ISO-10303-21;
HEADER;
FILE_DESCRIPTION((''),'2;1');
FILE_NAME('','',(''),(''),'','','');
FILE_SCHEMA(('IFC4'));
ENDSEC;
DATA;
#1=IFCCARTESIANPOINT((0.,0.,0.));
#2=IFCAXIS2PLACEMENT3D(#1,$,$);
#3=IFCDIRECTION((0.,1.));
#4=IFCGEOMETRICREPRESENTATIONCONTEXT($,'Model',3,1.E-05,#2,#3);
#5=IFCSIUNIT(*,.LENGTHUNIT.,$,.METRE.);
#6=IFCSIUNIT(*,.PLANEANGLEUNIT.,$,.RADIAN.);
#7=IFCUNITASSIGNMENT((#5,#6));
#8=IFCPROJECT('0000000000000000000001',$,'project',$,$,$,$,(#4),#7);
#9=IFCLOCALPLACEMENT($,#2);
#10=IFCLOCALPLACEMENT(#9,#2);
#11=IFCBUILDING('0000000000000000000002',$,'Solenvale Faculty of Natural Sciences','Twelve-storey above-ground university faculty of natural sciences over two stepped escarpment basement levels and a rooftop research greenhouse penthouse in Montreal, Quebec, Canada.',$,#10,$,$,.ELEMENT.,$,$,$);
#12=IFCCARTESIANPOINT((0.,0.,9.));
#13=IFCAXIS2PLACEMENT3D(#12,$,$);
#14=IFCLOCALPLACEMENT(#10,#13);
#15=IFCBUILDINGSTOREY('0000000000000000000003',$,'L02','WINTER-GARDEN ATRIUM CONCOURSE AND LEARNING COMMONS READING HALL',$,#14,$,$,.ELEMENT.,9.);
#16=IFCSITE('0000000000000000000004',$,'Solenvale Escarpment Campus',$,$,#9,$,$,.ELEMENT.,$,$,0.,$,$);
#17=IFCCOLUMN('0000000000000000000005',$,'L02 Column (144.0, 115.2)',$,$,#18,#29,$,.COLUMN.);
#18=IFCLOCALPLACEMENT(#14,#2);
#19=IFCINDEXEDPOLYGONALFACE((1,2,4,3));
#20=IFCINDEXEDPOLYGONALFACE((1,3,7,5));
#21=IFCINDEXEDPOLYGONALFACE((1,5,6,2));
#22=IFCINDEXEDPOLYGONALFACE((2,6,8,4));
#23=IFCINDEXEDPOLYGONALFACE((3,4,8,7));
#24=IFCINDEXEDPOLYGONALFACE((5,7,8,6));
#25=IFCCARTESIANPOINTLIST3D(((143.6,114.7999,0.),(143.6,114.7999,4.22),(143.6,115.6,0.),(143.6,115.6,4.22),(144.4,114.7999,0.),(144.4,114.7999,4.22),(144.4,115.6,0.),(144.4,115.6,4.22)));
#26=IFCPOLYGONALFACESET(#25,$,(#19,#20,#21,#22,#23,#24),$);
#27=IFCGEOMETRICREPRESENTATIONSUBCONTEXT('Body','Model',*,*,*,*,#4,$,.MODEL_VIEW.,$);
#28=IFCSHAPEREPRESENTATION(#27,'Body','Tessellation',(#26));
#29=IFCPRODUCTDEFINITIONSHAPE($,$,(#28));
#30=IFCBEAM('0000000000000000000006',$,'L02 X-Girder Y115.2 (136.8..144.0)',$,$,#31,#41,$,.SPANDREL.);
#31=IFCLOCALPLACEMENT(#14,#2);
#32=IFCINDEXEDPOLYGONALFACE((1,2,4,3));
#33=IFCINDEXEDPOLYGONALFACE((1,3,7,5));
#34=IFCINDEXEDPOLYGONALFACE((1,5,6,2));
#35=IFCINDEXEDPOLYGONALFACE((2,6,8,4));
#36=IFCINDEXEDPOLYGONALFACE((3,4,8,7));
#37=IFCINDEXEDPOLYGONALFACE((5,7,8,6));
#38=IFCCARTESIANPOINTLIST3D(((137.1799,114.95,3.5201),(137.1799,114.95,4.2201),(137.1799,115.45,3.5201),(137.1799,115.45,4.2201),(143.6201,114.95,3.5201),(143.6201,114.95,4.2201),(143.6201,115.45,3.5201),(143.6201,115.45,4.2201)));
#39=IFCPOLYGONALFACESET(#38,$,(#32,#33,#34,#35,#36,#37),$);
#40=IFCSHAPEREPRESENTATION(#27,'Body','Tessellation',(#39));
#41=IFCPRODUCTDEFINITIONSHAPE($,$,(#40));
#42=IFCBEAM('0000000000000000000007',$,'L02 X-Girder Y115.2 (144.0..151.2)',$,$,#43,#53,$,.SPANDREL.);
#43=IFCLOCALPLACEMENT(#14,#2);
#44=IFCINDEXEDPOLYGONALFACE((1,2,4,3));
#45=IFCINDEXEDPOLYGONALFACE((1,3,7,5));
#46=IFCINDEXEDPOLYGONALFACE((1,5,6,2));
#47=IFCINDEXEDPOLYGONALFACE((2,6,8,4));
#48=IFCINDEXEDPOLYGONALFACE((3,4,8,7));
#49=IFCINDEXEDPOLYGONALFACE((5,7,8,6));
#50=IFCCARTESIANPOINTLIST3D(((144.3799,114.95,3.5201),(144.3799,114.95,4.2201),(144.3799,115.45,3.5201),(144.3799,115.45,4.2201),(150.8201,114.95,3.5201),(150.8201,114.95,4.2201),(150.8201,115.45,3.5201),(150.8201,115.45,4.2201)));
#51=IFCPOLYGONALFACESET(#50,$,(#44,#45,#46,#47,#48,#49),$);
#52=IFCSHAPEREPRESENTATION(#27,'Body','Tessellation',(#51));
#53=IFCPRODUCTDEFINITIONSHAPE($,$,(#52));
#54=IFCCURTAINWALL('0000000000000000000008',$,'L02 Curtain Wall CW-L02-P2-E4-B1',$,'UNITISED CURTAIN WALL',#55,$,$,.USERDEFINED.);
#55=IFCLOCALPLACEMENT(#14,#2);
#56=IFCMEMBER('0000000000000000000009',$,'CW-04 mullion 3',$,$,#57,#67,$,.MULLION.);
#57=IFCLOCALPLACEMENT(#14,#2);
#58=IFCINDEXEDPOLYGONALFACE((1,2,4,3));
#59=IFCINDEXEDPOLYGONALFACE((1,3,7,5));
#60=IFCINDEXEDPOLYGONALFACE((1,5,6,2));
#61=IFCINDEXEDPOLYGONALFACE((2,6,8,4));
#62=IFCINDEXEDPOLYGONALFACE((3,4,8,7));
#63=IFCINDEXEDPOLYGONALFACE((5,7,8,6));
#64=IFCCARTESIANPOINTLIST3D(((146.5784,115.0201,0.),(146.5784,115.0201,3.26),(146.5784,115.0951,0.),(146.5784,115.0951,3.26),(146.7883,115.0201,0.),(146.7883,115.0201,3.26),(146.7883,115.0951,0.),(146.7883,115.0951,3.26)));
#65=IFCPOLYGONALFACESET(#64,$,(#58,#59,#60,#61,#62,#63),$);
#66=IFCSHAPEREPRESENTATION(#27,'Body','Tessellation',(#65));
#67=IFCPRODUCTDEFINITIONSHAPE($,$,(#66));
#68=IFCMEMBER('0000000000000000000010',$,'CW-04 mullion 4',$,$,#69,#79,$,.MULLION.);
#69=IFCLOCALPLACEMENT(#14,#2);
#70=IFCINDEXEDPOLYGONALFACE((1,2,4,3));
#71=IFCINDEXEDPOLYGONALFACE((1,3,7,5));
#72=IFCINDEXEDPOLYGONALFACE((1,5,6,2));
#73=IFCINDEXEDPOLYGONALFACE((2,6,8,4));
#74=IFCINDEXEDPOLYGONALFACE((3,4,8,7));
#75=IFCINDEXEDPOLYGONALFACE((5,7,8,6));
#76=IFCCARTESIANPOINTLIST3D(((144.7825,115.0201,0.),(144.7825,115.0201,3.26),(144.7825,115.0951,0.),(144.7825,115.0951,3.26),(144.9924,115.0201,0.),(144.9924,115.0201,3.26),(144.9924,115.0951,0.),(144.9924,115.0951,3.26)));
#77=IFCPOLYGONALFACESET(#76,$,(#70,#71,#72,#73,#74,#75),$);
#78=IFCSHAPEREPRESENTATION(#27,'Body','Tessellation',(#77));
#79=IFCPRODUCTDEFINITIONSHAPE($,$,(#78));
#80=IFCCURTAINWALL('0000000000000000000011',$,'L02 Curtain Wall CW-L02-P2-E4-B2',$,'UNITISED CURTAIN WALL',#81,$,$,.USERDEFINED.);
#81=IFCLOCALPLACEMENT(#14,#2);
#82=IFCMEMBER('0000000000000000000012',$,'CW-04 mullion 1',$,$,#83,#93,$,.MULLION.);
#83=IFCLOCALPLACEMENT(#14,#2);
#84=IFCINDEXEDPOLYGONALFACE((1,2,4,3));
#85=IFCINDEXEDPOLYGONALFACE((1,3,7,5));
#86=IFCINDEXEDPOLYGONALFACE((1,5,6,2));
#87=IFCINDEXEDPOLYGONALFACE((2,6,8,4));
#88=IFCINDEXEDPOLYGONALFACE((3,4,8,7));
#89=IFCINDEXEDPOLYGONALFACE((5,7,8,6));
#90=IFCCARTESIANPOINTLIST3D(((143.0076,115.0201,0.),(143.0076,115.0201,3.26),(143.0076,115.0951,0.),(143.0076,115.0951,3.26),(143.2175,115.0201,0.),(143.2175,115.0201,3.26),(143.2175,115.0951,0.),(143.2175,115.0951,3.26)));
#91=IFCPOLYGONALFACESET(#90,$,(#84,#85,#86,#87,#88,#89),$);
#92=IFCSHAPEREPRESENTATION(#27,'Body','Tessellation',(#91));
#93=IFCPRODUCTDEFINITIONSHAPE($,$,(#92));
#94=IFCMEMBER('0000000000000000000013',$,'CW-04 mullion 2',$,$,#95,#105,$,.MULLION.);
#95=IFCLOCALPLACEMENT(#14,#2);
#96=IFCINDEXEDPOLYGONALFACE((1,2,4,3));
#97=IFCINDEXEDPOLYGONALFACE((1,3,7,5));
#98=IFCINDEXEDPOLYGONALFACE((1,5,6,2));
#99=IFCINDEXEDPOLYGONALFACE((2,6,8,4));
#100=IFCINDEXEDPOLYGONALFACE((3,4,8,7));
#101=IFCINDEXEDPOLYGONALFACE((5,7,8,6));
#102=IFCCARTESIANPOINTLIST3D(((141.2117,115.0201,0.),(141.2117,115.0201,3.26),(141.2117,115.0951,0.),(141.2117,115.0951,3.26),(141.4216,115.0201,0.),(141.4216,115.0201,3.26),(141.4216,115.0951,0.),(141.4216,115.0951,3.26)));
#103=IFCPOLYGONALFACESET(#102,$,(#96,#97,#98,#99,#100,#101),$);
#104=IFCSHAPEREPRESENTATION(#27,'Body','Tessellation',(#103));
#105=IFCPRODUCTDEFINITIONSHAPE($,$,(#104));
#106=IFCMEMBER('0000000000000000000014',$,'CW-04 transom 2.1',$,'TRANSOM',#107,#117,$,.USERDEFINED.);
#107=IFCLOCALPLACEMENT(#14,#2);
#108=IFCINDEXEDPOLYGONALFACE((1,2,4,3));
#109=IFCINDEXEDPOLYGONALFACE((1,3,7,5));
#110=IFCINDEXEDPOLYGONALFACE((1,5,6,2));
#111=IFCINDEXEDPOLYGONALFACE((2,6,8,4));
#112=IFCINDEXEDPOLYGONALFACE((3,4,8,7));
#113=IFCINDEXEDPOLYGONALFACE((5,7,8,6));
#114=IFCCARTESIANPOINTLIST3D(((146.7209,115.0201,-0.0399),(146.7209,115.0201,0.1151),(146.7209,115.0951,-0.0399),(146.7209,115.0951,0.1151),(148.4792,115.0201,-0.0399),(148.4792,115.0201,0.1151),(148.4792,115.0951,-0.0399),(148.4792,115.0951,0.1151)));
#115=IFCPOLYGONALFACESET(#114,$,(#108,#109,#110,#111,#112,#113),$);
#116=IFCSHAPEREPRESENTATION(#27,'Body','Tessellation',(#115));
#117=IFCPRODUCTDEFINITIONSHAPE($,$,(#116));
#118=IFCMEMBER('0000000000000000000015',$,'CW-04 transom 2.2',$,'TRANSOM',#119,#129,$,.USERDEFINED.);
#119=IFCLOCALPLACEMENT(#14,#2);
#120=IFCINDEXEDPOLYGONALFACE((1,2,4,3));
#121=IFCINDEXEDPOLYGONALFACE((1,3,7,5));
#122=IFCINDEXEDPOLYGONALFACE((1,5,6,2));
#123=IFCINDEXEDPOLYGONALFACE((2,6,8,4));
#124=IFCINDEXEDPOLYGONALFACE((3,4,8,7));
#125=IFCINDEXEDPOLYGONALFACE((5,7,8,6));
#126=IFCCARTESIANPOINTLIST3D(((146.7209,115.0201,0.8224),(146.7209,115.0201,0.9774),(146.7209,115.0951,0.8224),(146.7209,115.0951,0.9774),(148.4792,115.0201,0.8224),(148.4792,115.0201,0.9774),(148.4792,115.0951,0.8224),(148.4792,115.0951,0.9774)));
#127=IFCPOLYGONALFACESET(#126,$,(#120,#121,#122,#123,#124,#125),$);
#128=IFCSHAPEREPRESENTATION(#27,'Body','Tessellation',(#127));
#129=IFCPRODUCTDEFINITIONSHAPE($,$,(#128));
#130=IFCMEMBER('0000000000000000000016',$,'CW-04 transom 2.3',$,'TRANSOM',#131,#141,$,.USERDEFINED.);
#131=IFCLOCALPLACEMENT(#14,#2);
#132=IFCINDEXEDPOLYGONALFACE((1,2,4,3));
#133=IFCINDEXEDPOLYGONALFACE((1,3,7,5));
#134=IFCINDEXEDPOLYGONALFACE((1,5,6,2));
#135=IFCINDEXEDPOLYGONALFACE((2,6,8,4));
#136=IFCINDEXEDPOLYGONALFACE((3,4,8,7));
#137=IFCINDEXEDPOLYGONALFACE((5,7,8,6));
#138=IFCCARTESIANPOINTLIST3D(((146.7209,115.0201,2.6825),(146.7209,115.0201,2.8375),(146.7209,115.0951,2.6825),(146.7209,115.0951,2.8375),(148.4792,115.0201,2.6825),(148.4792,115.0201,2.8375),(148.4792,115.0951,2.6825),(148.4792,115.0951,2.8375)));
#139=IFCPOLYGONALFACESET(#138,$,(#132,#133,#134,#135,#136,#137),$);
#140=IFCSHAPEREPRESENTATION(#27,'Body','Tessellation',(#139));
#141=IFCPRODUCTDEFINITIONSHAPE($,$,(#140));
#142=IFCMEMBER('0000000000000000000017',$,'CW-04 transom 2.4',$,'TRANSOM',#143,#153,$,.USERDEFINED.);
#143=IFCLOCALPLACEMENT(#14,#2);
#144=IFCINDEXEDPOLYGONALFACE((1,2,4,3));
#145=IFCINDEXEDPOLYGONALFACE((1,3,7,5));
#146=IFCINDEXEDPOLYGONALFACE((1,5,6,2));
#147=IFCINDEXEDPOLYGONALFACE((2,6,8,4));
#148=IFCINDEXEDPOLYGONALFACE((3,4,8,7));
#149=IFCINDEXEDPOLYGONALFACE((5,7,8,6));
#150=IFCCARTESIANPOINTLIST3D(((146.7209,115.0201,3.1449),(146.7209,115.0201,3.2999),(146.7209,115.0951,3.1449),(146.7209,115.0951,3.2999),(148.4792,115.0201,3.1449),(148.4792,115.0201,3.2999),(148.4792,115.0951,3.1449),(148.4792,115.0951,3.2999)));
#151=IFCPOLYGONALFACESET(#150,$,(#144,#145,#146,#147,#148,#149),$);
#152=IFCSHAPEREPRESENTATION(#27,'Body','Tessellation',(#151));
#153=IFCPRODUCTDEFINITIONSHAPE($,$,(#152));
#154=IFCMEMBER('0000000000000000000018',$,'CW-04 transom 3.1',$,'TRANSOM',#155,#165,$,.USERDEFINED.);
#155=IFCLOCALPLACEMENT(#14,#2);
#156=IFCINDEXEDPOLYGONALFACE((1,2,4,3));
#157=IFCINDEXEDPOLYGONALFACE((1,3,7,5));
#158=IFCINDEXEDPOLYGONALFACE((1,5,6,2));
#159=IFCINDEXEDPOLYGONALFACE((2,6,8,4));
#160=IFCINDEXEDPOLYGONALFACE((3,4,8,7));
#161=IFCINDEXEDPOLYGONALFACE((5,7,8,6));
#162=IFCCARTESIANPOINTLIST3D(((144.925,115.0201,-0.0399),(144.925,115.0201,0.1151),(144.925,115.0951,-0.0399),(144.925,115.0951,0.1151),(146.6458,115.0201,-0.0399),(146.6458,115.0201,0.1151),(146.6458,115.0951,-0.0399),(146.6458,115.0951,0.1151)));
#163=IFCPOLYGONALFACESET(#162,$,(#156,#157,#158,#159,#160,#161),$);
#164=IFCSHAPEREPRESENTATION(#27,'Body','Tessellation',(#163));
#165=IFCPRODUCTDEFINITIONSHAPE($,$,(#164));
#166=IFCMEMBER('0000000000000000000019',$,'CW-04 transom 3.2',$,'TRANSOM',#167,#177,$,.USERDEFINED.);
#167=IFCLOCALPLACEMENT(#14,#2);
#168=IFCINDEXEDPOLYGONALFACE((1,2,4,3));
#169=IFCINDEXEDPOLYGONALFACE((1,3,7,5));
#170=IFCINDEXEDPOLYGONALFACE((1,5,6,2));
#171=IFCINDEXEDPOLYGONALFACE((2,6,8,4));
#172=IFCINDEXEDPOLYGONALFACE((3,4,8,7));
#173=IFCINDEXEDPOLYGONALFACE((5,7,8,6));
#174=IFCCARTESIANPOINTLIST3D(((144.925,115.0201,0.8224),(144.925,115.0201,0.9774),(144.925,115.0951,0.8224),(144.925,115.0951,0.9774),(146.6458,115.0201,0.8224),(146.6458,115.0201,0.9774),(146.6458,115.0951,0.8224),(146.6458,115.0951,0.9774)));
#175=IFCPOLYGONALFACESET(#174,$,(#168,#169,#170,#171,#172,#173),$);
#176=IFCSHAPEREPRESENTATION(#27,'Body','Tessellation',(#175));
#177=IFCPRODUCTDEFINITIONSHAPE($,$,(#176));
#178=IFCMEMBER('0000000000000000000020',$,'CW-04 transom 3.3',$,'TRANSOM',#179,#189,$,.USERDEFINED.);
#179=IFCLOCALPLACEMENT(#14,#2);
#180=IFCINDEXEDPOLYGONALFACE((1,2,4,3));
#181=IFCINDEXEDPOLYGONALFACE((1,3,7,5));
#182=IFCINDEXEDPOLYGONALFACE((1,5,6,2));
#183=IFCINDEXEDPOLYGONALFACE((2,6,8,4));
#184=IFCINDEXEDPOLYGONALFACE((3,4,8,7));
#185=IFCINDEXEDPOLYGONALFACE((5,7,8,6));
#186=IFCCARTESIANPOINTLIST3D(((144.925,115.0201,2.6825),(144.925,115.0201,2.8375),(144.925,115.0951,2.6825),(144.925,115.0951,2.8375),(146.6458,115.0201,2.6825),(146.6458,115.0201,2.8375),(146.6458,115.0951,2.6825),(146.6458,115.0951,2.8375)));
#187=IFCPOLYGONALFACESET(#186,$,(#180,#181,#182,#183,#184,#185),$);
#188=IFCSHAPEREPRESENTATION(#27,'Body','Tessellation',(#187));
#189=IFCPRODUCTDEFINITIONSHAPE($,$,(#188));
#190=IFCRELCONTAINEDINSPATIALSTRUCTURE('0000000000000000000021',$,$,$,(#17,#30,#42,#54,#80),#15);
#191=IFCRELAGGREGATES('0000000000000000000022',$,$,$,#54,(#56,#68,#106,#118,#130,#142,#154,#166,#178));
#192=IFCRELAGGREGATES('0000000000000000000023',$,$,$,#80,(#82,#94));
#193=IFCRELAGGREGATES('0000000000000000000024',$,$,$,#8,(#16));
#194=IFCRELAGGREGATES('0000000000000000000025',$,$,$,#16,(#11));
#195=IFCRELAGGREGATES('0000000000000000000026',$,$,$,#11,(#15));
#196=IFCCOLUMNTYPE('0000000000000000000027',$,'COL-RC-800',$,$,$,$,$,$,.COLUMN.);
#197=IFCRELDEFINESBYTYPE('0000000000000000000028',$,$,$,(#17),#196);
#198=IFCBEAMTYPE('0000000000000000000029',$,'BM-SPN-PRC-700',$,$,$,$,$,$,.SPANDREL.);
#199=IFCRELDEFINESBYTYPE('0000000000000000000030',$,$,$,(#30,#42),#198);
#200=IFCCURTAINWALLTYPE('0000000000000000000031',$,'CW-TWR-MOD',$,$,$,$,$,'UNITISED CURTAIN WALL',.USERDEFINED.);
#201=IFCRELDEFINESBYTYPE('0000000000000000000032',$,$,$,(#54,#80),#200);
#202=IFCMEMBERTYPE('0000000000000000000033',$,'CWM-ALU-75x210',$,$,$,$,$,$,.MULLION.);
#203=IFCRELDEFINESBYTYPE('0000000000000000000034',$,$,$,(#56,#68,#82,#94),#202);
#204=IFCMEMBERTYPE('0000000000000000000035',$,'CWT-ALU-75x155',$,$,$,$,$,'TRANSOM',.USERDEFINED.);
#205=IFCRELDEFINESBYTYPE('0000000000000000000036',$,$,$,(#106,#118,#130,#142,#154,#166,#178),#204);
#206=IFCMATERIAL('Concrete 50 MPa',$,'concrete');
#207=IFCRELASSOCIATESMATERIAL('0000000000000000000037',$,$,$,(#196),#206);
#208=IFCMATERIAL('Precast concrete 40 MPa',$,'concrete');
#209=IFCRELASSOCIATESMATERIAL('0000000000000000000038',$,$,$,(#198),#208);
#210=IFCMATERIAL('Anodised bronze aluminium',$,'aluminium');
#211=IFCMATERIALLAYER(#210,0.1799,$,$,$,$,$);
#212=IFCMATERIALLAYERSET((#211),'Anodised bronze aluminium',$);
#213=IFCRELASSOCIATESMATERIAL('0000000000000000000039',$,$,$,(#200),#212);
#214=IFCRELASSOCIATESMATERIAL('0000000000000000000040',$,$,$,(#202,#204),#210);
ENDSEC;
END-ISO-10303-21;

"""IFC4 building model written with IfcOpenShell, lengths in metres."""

from ifc_helpers import new_model, si_unit, direction, frame, origin, origin_2d, place, context, subcontext, project, spatial, rectangle, extrude, material, layer, layer_set, material_profile, profile_set, type_object, element, aggregate, save


model = new_model("IFC4")

# Units and contexts
model_context = context("Model", 3, precision=1e-05, world=origin(), true_north=direction((0.0, 1.0)))
body_context = subcontext(model_context, "Body", "Model", "MODEL_VIEW")
ifc_project = project(units=[si_unit("LENGTHUNIT", "METRE"), si_unit("PLANEANGLEUNIT", "RADIAN")], contexts=[model_context])

# Site, building, storey
site_placement = place(None, origin())
site = spatial("IfcSite", under=ifc_project, at=site_placement, Name="Solenvale Escarpment Campus", CompositionType="ELEMENT", RefElevation=0.0)
building_placement = place(site_placement, origin())
building = spatial("IfcBuilding", under=site, at=building_placement, Name="Solenvale Faculty of Natural Sciences", Description="Twelve-storey above-ground university faculty of natural sciences over two stepped escarpment basement levels and a rooftop research greenhouse penthouse in Montreal, Quebec, Canada.", CompositionType="ELEMENT")
storey_placement = place(building_placement, frame((0.0, 0.0, 9.0)))
storey = spatial("IfcBuildingStorey", under=building, at=storey_placement, Name="L02", Description="WINTER-GARDEN ATRIUM CONCOURSE AND LEARNING COMMONS READING HALL", CompositionType="ELEMENT", Elevation=9.0)

# Column
ifc_material_1 = material(Name="Concrete 50 MPa", Category="concrete")
ifc_material_profile_1 = material_profile(ifc_material_1, rectangle(XDim=0.8, YDim=0.8, at=origin_2d()), Name="RC-COL-800x800")
ifc_profile_set_1 = profile_set([ifc_material_profile_1], Name="Concrete 50 MPa")
column_type = type_object("IfcColumnType", Name="COL-RC-800", PredefinedType="COLUMN", material=ifc_profile_set_1)
column_placement = place(storey_placement, frame((144.0, 115.2, 0.0), z_axis=(0.0, 0.0, 1.0), x_axis=(1.0, 0.0, 0.0)))
element("IfcColumn", 1, at=column_placement, inside=storey, type_object=column_type, Name="L02 Column (144.0, 115.2)", PredefinedType="COLUMN", context=body_context, shape_type="SweptSolid", body=[
    extrude(rectangle(XDim=0.8, YDim=0.8, at=origin_2d()), origin(), (0.0, 0.0, 1.0), 4.22),
])

# Beams
ifc_material_2 = material(Name="Precast concrete 40 MPa", Category="concrete")
ifc_material_profile_2 = material_profile(ifc_material_2, rectangle(XDim=0.5, YDim=0.7, at=origin_2d()), Name="RC-BM-500x700")
ifc_profile_set_2 = profile_set([ifc_material_profile_2], Name="Precast concrete 40 MPa")
beam_type = type_object("IfcBeamType", Name="BM-SPN-PRC-700", PredefinedType="SPANDREL", material=ifc_profile_set_2)
for number, where, z_axis, x_axis, name in (
    (2, (137.1799, 115.2, 3.8701), (1.0, 0.0, 0.0), (0.0, 1.0, 0.0), "L02 X-Girder Y115.2 (136.8..144.0)"),
    (3, (144.3799, 115.2, 3.8701), (1.0, 0.0, 0.0), (0.0, 1.0, 0.0), "L02 X-Girder Y115.2 (144.0..151.2)"),
):
    element("IfcBeam", number, at=place(storey_placement, frame(where, z_axis=z_axis, x_axis=x_axis)), inside=storey, type_object=beam_type, Name=name, PredefinedType="SPANDREL", context=body_context, shape_type="SweptSolid", body=[
        extrude(rectangle(XDim=0.5, YDim=0.7, at=origin_2d()), origin(), (0.0, 0.0, 1.0), 6.4402),
    ])

# Curtain walls, members
ifc_material_3 = material(Name="Anodised bronze aluminium", Category="aluminium")
ifc_layer_1 = layer(ifc_material_3, 0.1799)
ifc_layer_set_1 = layer_set([ifc_layer_1], Name="Anodised bronze aluminium")
curtain_wall_type = type_object("IfcCurtainWallType", Name="CW-TWR-MOD", ElementType="UNITISED CURTAIN WALL", PredefinedType="USERDEFINED", material=ifc_layer_set_1)
curtain_wall_1_placement = place(storey_placement, origin())
curtain_wall_1 = element("IfcCurtainWall", 4, at=curtain_wall_1_placement, inside=storey, type_object=curtain_wall_type, Name="L02 Curtain Wall CW-L02-P2-E4-B1", ObjectType="UNITISED CURTAIN WALL", PredefinedType="USERDEFINED")
ifc_material_profile_3 = material_profile(ifc_material_3, rectangle(XDim=0.075, YDim=0.21, at=origin_2d()), Name="ALU-MUL-75x210")
ifc_profile_set_3 = profile_set([ifc_material_profile_3], Name="Anodised bronze aluminium")
member_type_1 = type_object("IfcMemberType", Name="CWM-ALU-75x210", PredefinedType="MULLION", material=ifc_profile_set_3)
member_1_placement = place(storey_placement, frame((146.6833, 115.0576, 0.0), z_axis=(0.0, 0.0, 1.0), x_axis=(0.0, -1.0, 0.0)))
member_1 = element("IfcMember", 5, at=member_1_placement, type_object=member_type_1, Name="CW-04 mullion 3", PredefinedType="MULLION", context=body_context, shape_type="SweptSolid", body=[
    extrude(rectangle(XDim=0.075, YDim=0.21, at=origin_2d()), origin(), (0.0, 0.0, 1.0), 3.26),
])
member_2_placement = place(storey_placement, frame((144.8875, 115.0576, 0.0), z_axis=(0.0, 0.0, 1.0), x_axis=(0.0, -1.0, 0.0)))
member_2 = element("IfcMember", 6, at=member_2_placement, type_object=member_type_1, Name="CW-04 mullion 4", PredefinedType="MULLION", context=body_context, shape_type="SweptSolid", body=[
    extrude(rectangle(XDim=0.075, YDim=0.21, at=origin_2d()), origin(), (0.0, 0.0, 1.0), 3.26),
])
curtain_wall_2_placement = place(storey_placement, origin())
curtain_wall_2 = element("IfcCurtainWall", 7, at=curtain_wall_2_placement, inside=storey, type_object=curtain_wall_type, Name="L02 Curtain Wall CW-L02-P2-E4-B2", ObjectType="UNITISED CURTAIN WALL", PredefinedType="USERDEFINED")
member_3_placement = place(storey_placement, frame((143.1125, 115.0576, 0.0), z_axis=(0.0, 0.0, 1.0), x_axis=(0.0, -1.0, 0.0)))
member_3 = element("IfcMember", 8, at=member_3_placement, type_object=member_type_1, Name="CW-04 mullion 1", PredefinedType="MULLION", context=body_context, shape_type="SweptSolid", body=[
    extrude(rectangle(XDim=0.075, YDim=0.21, at=origin_2d()), origin(), (0.0, 0.0, 1.0), 3.26),
])
member_4_placement = place(storey_placement, frame((141.3167, 115.0576, 0.0), z_axis=(0.0, 0.0, 1.0), x_axis=(0.0, -1.0, 0.0)))
member_4 = element("IfcMember", 9, at=member_4_placement, type_object=member_type_1, Name="CW-04 mullion 2", PredefinedType="MULLION", context=body_context, shape_type="SweptSolid", body=[
    extrude(rectangle(XDim=0.075, YDim=0.21, at=origin_2d()), origin(), (0.0, 0.0, 1.0), 3.26),
])

# Members
ifc_material_profile_4 = material_profile(ifc_material_3, rectangle(XDim=0.075, YDim=0.155, at=origin_2d()), Name="ALU-TRN-75x155")
ifc_profile_set_4 = profile_set([ifc_material_profile_4], Name="Anodised bronze aluminium")
member_type_2 = type_object("IfcMemberType", Name="CWT-ALU-75x155", ElementType="TRANSOM", PredefinedType="USERDEFINED", material=ifc_profile_set_4)
member_5_placement = place(storey_placement, frame((148.4792, 115.0576, 0.0376), z_axis=(-1.0, 0.0, 0.0), x_axis=(0.0, -1.0, 0.0)))
member_5 = element("IfcMember", 10, at=member_5_placement, type_object=member_type_2, Name="CW-04 transom 2.1", ObjectType="TRANSOM", PredefinedType="USERDEFINED", context=body_context, shape_type="SweptSolid", body=[
    extrude(rectangle(XDim=0.075, YDim=0.155, at=origin_2d()), origin(), (0.0, 0.0, 1.0), 1.7583),
])
member_6_placement = place(storey_placement, frame((148.4792, 115.0576, 0.8999), z_axis=(-1.0, 0.0, 0.0), x_axis=(0.0, -1.0, 0.0)))
member_6 = element("IfcMember", 11, at=member_6_placement, type_object=member_type_2, Name="CW-04 transom 2.2", ObjectType="TRANSOM", PredefinedType="USERDEFINED", context=body_context, shape_type="SweptSolid", body=[
    extrude(rectangle(XDim=0.075, YDim=0.155, at=origin_2d()), origin(), (0.0, 0.0, 1.0), 1.7583),
])
member_7_placement = place(storey_placement, frame((148.4792, 115.0576, 2.76), z_axis=(-1.0, 0.0, 0.0), x_axis=(0.0, -1.0, 0.0)))
member_7 = element("IfcMember", 12, at=member_7_placement, type_object=member_type_2, Name="CW-04 transom 2.3", ObjectType="TRANSOM", PredefinedType="USERDEFINED", context=body_context, shape_type="SweptSolid", body=[
    extrude(rectangle(XDim=0.075, YDim=0.155, at=origin_2d()), origin(), (0.0, 0.0, 1.0), 1.7583),
])
member_8_placement = place(storey_placement, frame((148.4792, 115.0576, 3.2224), z_axis=(-1.0, 0.0, 0.0), x_axis=(0.0, -1.0, 0.0)))
member_8 = element("IfcMember", 13, at=member_8_placement, type_object=member_type_2, Name="CW-04 transom 2.4", ObjectType="TRANSOM", PredefinedType="USERDEFINED", context=body_context, shape_type="SweptSolid", body=[
    extrude(rectangle(XDim=0.075, YDim=0.155, at=origin_2d()), origin(), (0.0, 0.0, 1.0), 1.7583),
])
member_9_placement = place(storey_placement, frame((146.6458, 115.0576, 0.0376), z_axis=(-1.0, 0.0, 0.0), x_axis=(0.0, -1.0, 0.0)))
member_9 = element("IfcMember", 14, at=member_9_placement, type_object=member_type_2, Name="CW-04 transom 3.1", ObjectType="TRANSOM", PredefinedType="USERDEFINED", context=body_context, shape_type="SweptSolid", body=[
    extrude(rectangle(XDim=0.075, YDim=0.155, at=origin_2d()), origin(), (0.0, 0.0, 1.0), 1.7207),
])
member_10_placement = place(storey_placement, frame((146.6458, 115.0576, 0.8999), z_axis=(-1.0, 0.0, 0.0), x_axis=(0.0, -1.0, 0.0)))
member_10 = element("IfcMember", 15, at=member_10_placement, type_object=member_type_2, Name="CW-04 transom 3.2", ObjectType="TRANSOM", PredefinedType="USERDEFINED", context=body_context, shape_type="SweptSolid", body=[
    extrude(rectangle(XDim=0.075, YDim=0.155, at=origin_2d()), origin(), (0.0, 0.0, 1.0), 1.7207),
])
member_11_placement = place(storey_placement, frame((146.6458, 115.0576, 2.76), z_axis=(-1.0, 0.0, 0.0), x_axis=(0.0, -1.0, 0.0)))
member_11 = element("IfcMember", 16, at=member_11_placement, type_object=member_type_2, Name="CW-04 transom 3.3", ObjectType="TRANSOM", PredefinedType="USERDEFINED", context=body_context, shape_type="SweptSolid", body=[
    extrude(rectangle(XDim=0.075, YDim=0.155, at=origin_2d()), origin(), (0.0, 0.0, 1.0), 1.7207),
])

aggregate(curtain_wall_1, [member_1, member_2, member_5, member_6, member_7, member_8, member_9, member_10, member_11])
aggregate(curtain_wall_2, [member_3, member_4])

save(model, "model.ifc")
